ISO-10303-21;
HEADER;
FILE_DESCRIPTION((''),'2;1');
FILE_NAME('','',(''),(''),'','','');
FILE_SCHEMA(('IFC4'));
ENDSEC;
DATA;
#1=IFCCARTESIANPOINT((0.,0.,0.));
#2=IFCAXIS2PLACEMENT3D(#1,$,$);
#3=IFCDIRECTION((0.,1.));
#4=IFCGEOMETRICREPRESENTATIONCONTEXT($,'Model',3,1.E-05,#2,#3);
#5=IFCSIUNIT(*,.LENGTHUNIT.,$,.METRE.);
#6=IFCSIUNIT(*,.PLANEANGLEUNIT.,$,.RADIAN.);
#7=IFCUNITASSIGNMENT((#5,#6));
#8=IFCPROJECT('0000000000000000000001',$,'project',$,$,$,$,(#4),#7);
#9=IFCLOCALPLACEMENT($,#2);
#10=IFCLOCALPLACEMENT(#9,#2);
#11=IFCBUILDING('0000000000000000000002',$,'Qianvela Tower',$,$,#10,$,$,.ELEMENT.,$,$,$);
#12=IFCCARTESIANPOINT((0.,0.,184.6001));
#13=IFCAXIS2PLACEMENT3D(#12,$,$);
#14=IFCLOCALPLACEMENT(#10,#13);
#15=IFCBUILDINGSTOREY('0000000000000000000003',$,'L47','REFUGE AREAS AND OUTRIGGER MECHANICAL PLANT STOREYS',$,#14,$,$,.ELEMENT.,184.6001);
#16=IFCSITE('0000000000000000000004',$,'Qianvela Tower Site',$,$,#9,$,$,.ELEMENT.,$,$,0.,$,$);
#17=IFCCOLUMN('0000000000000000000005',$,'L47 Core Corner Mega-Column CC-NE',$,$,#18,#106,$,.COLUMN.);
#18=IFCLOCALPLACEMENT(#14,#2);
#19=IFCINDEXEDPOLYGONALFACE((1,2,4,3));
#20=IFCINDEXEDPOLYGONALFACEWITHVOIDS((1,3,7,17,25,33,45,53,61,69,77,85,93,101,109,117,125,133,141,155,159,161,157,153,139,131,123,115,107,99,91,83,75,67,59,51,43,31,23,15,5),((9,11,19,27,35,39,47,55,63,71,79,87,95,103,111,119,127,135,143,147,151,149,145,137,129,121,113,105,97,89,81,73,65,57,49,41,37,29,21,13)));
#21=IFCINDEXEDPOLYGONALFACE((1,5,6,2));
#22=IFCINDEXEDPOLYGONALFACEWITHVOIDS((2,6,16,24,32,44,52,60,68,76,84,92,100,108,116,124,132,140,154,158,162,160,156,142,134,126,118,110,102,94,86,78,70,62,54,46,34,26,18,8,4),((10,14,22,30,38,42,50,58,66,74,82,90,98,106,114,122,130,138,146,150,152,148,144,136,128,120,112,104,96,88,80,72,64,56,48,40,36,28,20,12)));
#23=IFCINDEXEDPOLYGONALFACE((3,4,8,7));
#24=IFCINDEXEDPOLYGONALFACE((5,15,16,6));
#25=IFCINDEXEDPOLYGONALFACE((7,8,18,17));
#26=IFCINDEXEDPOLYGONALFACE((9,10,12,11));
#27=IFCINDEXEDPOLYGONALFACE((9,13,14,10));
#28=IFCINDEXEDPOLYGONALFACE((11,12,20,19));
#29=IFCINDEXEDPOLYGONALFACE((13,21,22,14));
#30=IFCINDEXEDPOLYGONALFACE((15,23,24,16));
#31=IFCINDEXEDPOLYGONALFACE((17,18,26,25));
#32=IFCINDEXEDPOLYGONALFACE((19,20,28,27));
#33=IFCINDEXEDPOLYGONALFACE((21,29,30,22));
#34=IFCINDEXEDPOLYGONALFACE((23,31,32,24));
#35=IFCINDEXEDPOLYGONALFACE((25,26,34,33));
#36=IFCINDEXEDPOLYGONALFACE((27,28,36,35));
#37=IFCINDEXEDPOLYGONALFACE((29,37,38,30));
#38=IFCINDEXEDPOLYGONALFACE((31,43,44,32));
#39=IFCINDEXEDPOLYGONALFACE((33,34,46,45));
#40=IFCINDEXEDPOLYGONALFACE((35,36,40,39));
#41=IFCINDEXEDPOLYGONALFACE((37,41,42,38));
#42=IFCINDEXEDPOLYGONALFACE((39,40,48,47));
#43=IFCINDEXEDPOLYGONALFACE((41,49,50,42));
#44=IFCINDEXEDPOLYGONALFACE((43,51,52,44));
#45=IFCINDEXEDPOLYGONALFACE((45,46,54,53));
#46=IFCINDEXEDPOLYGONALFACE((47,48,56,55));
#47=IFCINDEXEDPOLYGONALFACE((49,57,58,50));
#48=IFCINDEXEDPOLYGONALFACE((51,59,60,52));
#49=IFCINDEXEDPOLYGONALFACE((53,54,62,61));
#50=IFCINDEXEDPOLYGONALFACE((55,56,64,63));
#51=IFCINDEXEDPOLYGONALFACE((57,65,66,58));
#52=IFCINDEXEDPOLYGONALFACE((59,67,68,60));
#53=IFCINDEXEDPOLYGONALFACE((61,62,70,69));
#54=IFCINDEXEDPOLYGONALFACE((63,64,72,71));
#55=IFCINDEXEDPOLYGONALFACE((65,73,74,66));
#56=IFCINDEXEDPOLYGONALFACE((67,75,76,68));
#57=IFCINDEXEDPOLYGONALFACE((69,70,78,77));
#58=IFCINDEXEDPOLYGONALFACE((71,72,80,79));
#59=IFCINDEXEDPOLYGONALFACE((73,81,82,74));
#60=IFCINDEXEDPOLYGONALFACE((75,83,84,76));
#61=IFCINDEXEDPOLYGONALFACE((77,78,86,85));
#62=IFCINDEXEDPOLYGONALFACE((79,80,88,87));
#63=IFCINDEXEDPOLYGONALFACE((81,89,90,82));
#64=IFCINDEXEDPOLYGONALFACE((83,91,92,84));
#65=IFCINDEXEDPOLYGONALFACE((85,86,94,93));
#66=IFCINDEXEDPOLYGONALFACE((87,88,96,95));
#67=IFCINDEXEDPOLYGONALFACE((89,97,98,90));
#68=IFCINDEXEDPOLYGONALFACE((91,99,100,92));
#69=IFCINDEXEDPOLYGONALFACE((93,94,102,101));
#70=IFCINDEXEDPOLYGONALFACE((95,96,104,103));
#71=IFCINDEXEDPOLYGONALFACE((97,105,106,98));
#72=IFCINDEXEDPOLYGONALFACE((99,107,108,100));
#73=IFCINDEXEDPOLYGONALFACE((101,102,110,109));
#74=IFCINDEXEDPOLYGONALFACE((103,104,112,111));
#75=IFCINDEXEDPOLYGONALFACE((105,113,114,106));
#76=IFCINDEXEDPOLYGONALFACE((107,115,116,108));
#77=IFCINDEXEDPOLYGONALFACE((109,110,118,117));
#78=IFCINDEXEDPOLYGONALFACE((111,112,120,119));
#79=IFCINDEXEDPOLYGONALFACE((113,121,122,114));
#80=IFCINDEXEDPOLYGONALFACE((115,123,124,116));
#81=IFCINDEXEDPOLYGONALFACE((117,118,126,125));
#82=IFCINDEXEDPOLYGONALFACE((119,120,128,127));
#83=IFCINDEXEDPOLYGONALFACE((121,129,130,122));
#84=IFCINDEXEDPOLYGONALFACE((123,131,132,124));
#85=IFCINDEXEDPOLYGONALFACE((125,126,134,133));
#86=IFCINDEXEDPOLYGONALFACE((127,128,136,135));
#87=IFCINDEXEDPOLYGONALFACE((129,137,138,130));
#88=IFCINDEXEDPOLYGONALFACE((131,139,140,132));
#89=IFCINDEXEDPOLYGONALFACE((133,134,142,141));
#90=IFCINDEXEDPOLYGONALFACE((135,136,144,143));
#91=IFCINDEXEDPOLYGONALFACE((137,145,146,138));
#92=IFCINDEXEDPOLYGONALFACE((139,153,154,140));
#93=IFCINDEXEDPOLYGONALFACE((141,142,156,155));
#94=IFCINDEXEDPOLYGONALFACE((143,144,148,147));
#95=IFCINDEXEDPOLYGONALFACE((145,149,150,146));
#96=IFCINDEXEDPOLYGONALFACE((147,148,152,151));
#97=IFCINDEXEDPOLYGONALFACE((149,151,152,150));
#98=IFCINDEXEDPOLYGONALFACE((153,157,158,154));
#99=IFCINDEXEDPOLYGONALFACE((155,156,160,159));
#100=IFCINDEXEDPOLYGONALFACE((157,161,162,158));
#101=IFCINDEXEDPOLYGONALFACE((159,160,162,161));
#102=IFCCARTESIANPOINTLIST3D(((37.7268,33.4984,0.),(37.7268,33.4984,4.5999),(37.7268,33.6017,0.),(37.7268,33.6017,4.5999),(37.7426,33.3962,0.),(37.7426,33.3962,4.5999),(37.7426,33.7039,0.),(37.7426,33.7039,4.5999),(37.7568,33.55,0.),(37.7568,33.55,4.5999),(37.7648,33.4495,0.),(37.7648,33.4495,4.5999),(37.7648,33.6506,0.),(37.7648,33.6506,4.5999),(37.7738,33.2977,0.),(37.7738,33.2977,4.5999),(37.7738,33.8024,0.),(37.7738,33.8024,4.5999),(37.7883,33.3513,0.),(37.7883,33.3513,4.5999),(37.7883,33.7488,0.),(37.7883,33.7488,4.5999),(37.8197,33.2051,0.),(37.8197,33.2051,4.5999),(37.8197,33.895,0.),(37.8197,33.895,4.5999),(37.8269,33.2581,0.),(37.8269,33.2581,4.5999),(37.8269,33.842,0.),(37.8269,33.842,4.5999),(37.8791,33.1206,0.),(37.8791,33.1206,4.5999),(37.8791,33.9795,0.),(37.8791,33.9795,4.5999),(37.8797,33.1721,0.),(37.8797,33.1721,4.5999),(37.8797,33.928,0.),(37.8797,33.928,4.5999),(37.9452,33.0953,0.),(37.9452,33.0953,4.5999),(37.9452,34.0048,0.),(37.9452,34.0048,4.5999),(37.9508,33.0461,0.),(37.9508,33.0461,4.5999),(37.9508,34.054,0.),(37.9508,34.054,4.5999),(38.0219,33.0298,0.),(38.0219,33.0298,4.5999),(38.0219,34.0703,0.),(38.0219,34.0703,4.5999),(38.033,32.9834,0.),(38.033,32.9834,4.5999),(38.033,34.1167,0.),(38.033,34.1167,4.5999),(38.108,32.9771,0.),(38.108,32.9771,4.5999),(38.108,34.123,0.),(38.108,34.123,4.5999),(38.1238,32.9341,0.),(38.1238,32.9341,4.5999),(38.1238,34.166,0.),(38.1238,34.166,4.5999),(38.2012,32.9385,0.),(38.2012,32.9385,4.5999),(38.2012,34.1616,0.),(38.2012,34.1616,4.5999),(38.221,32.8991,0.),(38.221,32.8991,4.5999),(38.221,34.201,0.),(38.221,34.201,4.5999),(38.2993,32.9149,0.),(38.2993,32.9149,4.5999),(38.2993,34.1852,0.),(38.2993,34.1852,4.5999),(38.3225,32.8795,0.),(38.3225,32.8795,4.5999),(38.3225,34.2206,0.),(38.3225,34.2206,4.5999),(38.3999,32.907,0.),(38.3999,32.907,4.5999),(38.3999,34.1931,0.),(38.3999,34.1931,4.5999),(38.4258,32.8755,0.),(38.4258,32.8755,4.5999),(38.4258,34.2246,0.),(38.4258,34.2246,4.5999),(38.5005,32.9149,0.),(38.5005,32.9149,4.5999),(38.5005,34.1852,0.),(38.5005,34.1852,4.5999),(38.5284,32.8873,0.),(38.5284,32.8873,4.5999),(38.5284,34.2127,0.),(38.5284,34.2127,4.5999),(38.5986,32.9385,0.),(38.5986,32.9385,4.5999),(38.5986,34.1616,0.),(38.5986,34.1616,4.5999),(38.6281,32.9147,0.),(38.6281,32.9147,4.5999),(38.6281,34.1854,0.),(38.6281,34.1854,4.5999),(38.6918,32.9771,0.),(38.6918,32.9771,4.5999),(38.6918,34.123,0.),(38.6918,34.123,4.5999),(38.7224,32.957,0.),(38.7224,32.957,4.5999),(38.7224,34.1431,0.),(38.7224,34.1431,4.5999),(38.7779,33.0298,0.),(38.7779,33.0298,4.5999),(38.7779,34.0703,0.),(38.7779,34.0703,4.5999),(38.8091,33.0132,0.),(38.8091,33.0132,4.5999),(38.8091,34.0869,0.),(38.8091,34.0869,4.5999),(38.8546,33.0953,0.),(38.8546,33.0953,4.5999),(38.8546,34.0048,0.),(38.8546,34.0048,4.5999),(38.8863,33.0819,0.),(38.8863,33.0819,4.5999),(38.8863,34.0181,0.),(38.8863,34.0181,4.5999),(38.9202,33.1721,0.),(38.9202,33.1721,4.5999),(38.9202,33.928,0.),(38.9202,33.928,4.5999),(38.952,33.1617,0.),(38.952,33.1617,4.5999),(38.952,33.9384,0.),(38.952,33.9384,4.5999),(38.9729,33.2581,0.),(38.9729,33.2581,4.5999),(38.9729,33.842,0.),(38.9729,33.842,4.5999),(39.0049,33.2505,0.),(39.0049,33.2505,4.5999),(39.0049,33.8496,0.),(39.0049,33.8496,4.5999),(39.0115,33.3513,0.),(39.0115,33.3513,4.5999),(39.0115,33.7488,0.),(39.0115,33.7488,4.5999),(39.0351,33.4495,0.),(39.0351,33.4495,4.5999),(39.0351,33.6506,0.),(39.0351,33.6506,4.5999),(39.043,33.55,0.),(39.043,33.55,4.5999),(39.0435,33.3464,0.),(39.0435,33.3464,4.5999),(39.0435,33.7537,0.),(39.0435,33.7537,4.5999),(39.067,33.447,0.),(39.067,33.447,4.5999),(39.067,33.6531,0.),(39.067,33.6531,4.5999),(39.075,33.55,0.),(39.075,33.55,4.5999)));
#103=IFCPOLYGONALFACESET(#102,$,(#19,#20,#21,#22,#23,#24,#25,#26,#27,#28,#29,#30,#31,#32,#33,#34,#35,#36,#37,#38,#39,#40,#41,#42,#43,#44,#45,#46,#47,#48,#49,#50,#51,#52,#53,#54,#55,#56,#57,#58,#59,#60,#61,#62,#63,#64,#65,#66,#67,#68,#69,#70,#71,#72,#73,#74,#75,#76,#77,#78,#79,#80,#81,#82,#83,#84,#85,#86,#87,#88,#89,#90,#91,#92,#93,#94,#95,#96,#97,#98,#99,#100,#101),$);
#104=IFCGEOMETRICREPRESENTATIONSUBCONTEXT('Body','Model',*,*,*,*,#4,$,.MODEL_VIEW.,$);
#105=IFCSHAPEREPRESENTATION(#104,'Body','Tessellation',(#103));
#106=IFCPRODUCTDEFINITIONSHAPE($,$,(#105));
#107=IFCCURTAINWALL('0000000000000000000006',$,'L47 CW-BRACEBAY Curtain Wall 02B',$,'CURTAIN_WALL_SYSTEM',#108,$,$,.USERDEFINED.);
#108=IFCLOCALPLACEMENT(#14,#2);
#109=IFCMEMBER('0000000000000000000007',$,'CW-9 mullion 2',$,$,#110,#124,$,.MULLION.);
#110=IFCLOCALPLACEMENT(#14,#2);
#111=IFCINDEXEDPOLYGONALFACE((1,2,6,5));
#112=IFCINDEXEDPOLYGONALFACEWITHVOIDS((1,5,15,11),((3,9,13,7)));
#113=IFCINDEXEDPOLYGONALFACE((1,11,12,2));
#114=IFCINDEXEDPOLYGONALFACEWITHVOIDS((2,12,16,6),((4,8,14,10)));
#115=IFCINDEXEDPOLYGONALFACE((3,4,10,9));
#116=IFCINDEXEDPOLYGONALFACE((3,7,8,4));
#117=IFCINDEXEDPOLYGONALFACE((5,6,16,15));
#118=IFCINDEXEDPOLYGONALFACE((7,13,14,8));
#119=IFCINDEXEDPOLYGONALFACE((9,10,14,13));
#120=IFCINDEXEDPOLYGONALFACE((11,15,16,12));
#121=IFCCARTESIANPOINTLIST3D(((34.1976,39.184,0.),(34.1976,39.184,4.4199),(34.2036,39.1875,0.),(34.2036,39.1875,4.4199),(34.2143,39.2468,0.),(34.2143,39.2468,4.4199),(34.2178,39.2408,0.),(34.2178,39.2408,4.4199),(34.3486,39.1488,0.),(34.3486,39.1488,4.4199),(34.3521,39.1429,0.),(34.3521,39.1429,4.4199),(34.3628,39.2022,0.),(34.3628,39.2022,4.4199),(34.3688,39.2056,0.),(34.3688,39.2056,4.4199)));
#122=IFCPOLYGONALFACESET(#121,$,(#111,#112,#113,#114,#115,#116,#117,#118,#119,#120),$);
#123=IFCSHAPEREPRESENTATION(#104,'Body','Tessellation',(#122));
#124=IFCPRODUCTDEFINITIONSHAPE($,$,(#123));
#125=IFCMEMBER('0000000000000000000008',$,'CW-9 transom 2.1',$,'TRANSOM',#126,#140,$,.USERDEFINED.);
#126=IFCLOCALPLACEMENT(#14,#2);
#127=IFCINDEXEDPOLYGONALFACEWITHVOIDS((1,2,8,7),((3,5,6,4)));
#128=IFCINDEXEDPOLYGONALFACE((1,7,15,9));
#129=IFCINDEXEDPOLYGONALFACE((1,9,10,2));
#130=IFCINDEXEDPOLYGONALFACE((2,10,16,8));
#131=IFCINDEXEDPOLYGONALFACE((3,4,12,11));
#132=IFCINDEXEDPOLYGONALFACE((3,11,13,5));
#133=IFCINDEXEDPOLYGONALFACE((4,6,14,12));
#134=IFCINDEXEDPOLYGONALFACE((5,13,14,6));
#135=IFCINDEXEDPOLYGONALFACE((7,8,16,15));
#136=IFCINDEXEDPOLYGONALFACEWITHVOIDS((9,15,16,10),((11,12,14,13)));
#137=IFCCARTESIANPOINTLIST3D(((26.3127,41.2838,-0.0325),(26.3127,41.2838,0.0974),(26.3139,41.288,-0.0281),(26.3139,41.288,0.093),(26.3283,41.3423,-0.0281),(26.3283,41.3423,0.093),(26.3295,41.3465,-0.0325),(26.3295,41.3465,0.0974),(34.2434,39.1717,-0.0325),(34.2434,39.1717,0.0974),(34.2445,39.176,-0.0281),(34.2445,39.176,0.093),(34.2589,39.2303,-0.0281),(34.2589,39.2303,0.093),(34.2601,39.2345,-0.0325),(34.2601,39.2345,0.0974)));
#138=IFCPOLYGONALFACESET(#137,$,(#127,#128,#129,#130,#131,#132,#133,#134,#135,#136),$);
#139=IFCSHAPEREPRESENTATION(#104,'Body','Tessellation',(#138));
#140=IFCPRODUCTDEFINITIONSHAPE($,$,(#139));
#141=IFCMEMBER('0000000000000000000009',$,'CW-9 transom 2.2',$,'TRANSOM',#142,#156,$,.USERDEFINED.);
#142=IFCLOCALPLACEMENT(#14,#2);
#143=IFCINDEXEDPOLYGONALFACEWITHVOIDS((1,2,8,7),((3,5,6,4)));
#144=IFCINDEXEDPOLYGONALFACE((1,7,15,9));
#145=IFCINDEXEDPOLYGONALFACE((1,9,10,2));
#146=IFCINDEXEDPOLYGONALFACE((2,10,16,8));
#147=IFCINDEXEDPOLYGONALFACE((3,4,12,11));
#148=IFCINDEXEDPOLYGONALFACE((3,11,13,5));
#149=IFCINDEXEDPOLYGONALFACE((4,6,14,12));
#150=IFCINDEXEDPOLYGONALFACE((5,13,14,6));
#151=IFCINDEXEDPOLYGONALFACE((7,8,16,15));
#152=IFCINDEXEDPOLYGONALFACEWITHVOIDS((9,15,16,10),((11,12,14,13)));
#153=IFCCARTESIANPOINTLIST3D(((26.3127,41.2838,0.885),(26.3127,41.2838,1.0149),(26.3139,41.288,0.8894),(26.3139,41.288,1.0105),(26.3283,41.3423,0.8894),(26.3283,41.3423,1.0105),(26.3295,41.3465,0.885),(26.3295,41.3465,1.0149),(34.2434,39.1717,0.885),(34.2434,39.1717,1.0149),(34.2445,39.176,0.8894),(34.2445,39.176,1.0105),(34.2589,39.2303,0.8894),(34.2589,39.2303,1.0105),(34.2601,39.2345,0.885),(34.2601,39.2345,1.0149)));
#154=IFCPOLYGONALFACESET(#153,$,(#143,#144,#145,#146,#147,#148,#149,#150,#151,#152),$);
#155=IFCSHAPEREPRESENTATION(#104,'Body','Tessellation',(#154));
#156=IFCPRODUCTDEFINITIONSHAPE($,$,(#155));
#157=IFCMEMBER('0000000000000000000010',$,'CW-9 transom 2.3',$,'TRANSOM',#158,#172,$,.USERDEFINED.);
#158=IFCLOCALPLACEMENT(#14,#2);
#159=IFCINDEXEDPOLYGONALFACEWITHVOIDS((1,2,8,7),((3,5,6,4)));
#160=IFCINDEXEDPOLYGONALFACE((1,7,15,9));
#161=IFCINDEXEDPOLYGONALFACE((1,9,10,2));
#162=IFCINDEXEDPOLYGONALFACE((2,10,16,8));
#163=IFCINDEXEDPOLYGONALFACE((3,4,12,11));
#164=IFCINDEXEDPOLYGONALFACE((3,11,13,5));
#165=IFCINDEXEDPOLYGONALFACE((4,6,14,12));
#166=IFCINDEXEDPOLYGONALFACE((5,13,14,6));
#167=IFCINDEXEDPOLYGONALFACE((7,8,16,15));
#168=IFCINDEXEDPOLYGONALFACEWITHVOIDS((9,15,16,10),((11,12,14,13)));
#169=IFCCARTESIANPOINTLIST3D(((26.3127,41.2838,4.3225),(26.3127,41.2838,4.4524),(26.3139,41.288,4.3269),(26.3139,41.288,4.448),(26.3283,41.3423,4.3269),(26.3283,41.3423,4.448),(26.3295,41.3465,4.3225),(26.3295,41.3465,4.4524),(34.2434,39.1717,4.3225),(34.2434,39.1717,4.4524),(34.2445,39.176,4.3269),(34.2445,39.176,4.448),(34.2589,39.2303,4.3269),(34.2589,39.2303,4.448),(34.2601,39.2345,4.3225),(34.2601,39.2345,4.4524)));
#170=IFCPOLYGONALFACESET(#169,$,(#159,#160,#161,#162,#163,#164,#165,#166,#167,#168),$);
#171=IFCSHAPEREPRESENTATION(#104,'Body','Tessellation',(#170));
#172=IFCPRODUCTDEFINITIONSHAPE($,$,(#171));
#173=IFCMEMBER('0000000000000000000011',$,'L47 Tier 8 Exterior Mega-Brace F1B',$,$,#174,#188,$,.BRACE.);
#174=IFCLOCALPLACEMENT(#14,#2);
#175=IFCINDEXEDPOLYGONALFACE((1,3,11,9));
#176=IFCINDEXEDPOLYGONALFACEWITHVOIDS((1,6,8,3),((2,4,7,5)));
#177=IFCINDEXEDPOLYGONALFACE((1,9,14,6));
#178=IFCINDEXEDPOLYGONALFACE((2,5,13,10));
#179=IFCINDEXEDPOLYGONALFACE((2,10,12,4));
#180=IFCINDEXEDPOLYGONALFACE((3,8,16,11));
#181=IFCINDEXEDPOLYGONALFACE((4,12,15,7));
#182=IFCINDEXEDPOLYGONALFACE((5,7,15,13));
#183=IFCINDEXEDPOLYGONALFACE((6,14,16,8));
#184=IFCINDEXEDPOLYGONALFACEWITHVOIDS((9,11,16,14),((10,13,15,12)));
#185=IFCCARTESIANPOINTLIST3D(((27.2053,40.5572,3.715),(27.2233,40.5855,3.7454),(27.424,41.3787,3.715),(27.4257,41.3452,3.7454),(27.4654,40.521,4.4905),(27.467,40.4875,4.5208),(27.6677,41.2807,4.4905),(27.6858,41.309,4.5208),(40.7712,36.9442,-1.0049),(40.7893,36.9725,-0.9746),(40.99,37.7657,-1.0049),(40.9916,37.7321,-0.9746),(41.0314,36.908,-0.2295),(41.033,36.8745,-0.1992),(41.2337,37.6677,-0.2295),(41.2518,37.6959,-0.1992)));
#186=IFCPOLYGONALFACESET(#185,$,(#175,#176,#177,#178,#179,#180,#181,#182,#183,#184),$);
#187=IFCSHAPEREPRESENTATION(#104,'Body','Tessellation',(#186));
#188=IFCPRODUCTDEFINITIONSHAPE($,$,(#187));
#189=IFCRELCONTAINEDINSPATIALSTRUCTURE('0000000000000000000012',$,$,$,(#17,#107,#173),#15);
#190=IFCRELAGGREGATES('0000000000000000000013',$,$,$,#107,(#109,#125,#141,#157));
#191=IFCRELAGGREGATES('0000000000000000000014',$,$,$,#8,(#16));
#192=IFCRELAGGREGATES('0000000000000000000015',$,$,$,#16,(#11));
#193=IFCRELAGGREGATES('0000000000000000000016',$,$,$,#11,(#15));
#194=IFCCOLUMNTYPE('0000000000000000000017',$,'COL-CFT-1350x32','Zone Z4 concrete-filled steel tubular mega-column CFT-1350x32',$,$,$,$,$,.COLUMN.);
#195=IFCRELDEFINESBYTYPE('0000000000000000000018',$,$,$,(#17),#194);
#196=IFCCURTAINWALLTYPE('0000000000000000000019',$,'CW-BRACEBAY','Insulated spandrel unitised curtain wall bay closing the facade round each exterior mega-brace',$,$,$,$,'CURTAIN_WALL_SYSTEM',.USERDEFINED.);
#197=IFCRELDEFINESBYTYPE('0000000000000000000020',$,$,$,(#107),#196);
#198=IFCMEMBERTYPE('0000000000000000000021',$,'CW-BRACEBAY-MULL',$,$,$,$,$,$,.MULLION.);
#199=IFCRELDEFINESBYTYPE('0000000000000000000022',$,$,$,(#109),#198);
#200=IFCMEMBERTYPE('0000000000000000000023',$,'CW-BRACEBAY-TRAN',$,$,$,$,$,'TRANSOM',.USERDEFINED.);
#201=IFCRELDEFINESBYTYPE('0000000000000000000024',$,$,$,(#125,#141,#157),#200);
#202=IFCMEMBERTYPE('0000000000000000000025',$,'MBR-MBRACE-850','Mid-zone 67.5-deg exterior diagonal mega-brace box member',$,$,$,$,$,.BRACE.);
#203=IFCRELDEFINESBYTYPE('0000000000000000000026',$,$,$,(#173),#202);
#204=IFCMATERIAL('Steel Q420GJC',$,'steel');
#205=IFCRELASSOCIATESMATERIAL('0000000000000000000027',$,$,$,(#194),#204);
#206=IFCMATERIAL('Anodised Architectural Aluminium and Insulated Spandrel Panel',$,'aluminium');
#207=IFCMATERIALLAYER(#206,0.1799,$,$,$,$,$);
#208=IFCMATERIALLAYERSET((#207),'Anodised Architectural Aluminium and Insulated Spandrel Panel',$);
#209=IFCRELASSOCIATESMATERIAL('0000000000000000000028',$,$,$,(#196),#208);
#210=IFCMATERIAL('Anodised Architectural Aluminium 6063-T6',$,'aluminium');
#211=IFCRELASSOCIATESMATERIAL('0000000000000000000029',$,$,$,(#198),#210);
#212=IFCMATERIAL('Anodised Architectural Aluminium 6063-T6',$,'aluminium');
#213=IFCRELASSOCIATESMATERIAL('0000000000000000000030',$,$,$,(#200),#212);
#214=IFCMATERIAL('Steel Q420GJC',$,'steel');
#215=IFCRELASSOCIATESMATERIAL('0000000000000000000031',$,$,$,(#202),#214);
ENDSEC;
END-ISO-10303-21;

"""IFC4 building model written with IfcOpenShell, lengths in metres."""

from ifc_helpers import new_model, si_unit, direction, frame, origin, origin_2d, place, context, subcontext, project, spatial, hollow_rectangle, hollow_circle, extrude, material, layer, layer_set, material_profile, profile_set, type_object, element, aggregate, save


model = new_model("IFC4")

# Units and contexts
model_context = context("Model", 3, precision=1e-05, world=origin(), true_north=direction((0.0, 1.0)))
body_context = subcontext(model_context, "Body", "Model", "MODEL_VIEW")
ifc_project = project(units=[si_unit("LENGTHUNIT", "METRE"), si_unit("PLANEANGLEUNIT", "RADIAN")], contexts=[model_context])

# Site, building, storey
site_placement = place(None, origin())
site = spatial("IfcSite", under=ifc_project, at=site_placement, Name="Qianvela Tower Site", CompositionType="ELEMENT", RefElevation=0.0)
building_placement = place(site_placement, origin())
building = spatial("IfcBuilding", under=site, at=building_placement, Name="Qianvela Tower", CompositionType="ELEMENT")
storey_placement = place(building_placement, frame((0.0, 0.0, 184.6001)))
storey = spatial("IfcBuildingStorey", under=building, at=storey_placement, Name="L47", Description="REFUGE AREAS AND OUTRIGGER MECHANICAL PLANT STOREYS", CompositionType="ELEMENT", Elevation=184.6001)

# Column
ifc_material_1 = material(Name="Steel Q420GJC", Category="steel")
ifc_material_profile_1 = material_profile(ifc_material_1, hollow_circle(Radius=0.675, WallThickness=0.032, at=origin_2d()), Name="CFT-1350x32")
ifc_profile_set_1 = profile_set([ifc_material_profile_1], Name="Steel Q420GJC")
column_type = type_object("IfcColumnType", Name="COL-CFT-1350x32", Description="Zone Z4 concrete-filled steel tubular mega-column CFT-1350x32", PredefinedType="COLUMN", material=ifc_profile_set_1)
column_placement = place(storey_placement, frame((38.3999, 33.55, 0.0), z_axis=(0.0, 0.0, 1.0), x_axis=(1.0, 0.0, 0.0)))
element("IfcColumn", 1, at=column_placement, inside=storey, type_object=column_type, Name="L47 Core Corner Mega-Column CC-NE", PredefinedType="COLUMN", context=body_context, shape_type="SweptSolid", body=[
    extrude(hollow_circle(Radius=0.675, WallThickness=0.032, at=origin_2d()), origin(), (0.0, 0.0, 1.0), 4.5999),
])

# Curtain wall, members
ifc_material_2 = material(Name="Anodised Architectural Aluminium and Insulated Spandrel Panel", Category="aluminium")
ifc_layer_1 = layer(ifc_material_2, 0.1799)
ifc_layer_set_1 = layer_set([ifc_layer_1], Name="Anodised Architectural Aluminium and Insulated Spandrel Panel")
curtain_wall_type = type_object("IfcCurtainWallType", Name="CW-BRACEBAY", Description="Insulated spandrel unitised curtain wall bay closing the facade round each exterior mega-brace", ElementType="CURTAIN_WALL_SYSTEM", PredefinedType="USERDEFINED", material=ifc_layer_set_1)
curtain_wall_placement = place(storey_placement, origin())
curtain_wall = element("IfcCurtainWall", 2, at=curtain_wall_placement, inside=storey, type_object=curtain_wall_type, Name="L47 CW-BRACEBAY Curtain Wall 02B", ObjectType="CURTAIN_WALL_SYSTEM", PredefinedType="USERDEFINED")
ifc_material_3 = material(Name="Anodised Architectural Aluminium 6063-T6", Category="aluminium")
ifc_material_profile_2 = material_profile(ifc_material_3, hollow_rectangle(XDim=0.0649, YDim=0.1599, WallThickness=0.0049, at=origin_2d()), Name="ALU-MULL-65x160")
ifc_profile_set_2 = profile_set([ifc_material_profile_2], Name="Anodised Architectural Aluminium 6063-T6")
member_type_1 = type_object("IfcMemberType", Name="CW-BRACEBAY-MULL", PredefinedType="MULLION", material=ifc_profile_set_2)
member_1_placement = place(storey_placement, frame((34.2832, 39.1948, 0.0), z_axis=(0.0, 0.0, 1.0), x_axis=(-0.257351, -0.966318, 0.0)))
member_1 = element("IfcMember", 3, at=member_1_placement, type_object=member_type_1, Name="CW-9 mullion 2", PredefinedType="MULLION", context=body_context, shape_type="SweptSolid", body=[
    extrude(hollow_rectangle(XDim=0.0649, YDim=0.1599, WallThickness=0.0049, at=origin_2d()), origin(), (0.0, 0.0, 1.0), 4.4199),
])
ifc_material_4 = material(Name="Anodised Architectural Aluminium 6063-T6", Category="aluminium")
ifc_material_profile_3 = material_profile(ifc_material_4, hollow_rectangle(XDim=0.0649, YDim=0.1299, WallThickness=0.0044, at=origin_2d()), Name="ALU-TRAN-65x130")
ifc_profile_set_3 = profile_set([ifc_material_profile_3], Name="Anodised Architectural Aluminium 6063-T6")
member_type_2 = type_object("IfcMemberType", Name="CW-BRACEBAY-TRAN", ElementType="TRANSOM", PredefinedType="USERDEFINED", material=ifc_profile_set_3)
member_2_placement = place(storey_placement, frame((34.2517, 39.2031, 0.0325), z_axis=(-0.966319, 0.257346, 0.0), x_axis=(-0.257346, -0.966319, 0.0)))
member_2 = element("IfcMember", 4, at=member_2_placement, type_object=member_type_2, Name="CW-9 transom 2.1", ObjectType="TRANSOM", PredefinedType="USERDEFINED", context=body_context, shape_type="SweptSolid", body=[
    extrude(hollow_rectangle(XDim=0.0649, YDim=0.1299, WallThickness=0.0044, at=origin_2d()), origin(), (0.0, 0.0, 1.0), 8.207),
])
member_3_placement = place(storey_placement, frame((34.2517, 39.2031, 0.95), z_axis=(-0.966319, 0.257346, 0.0), x_axis=(-0.257346, -0.966319, 0.0)))
member_3 = element("IfcMember", 5, at=member_3_placement, type_object=member_type_2, Name="CW-9 transom 2.2", ObjectType="TRANSOM", PredefinedType="USERDEFINED", context=body_context, shape_type="SweptSolid", body=[
    extrude(hollow_rectangle(XDim=0.0649, YDim=0.1299, WallThickness=0.0044, at=origin_2d()), origin(), (0.0, 0.0, 1.0), 8.207),
])
member_4_placement = place(storey_placement, frame((34.2517, 39.2031, 4.3875), z_axis=(-0.966319, 0.257346, 0.0), x_axis=(-0.257346, -0.966319, 0.0)))
member_4 = element("IfcMember", 6, at=member_4_placement, type_object=member_type_2, Name="CW-9 transom 2.3", ObjectType="TRANSOM", PredefinedType="USERDEFINED", context=body_context, shape_type="SweptSolid", body=[
    extrude(hollow_rectangle(XDim=0.0649, YDim=0.1299, WallThickness=0.0044, at=origin_2d()), origin(), (0.0, 0.0, 1.0), 8.207),
])

# Member
ifc_material_5 = material(Name="Steel Q420GJC", Category="steel")
ifc_material_profile_4 = material_profile(ifc_material_5, hollow_rectangle(XDim=0.8501, YDim=0.8501, WallThickness=0.032, at=origin_2d()), Name="MBOX-850x850x32")
ifc_profile_set_4 = profile_set([ifc_material_profile_4], Name="Steel Q420GJC")
member_type_3 = type_object("IfcMemberType", Name="MBR-MBRACE-850", Description="Mid-zone 67.5-deg exterior diagonal mega-brace box member", PredefinedType="BRACE", material=ifc_profile_set_4)
member_5_placement = place(storey_placement, frame((41.0115, 37.3201, -0.6021), z_axis=(-0.915934, 0.243943, 0.31868), x_axis=(-0.257361, -0.966315, 0.0)))
element("IfcMember", 7, at=member_5_placement, inside=storey, type_object=member_type_3, Name="L47 Tier 8 Exterior Mega-Brace F1B", PredefinedType="BRACE", context=body_context, shape_type="SweptSolid", body=[
    extrude(hollow_rectangle(XDim=0.8501, YDim=0.8501, WallThickness=0.032, at=origin_2d()), origin(), (0.0, 0.0, 1.0), 14.811),
])

aggregate(curtain_wall, [member_1, member_2, member_3, member_4])

save(model, "model.ifc")
